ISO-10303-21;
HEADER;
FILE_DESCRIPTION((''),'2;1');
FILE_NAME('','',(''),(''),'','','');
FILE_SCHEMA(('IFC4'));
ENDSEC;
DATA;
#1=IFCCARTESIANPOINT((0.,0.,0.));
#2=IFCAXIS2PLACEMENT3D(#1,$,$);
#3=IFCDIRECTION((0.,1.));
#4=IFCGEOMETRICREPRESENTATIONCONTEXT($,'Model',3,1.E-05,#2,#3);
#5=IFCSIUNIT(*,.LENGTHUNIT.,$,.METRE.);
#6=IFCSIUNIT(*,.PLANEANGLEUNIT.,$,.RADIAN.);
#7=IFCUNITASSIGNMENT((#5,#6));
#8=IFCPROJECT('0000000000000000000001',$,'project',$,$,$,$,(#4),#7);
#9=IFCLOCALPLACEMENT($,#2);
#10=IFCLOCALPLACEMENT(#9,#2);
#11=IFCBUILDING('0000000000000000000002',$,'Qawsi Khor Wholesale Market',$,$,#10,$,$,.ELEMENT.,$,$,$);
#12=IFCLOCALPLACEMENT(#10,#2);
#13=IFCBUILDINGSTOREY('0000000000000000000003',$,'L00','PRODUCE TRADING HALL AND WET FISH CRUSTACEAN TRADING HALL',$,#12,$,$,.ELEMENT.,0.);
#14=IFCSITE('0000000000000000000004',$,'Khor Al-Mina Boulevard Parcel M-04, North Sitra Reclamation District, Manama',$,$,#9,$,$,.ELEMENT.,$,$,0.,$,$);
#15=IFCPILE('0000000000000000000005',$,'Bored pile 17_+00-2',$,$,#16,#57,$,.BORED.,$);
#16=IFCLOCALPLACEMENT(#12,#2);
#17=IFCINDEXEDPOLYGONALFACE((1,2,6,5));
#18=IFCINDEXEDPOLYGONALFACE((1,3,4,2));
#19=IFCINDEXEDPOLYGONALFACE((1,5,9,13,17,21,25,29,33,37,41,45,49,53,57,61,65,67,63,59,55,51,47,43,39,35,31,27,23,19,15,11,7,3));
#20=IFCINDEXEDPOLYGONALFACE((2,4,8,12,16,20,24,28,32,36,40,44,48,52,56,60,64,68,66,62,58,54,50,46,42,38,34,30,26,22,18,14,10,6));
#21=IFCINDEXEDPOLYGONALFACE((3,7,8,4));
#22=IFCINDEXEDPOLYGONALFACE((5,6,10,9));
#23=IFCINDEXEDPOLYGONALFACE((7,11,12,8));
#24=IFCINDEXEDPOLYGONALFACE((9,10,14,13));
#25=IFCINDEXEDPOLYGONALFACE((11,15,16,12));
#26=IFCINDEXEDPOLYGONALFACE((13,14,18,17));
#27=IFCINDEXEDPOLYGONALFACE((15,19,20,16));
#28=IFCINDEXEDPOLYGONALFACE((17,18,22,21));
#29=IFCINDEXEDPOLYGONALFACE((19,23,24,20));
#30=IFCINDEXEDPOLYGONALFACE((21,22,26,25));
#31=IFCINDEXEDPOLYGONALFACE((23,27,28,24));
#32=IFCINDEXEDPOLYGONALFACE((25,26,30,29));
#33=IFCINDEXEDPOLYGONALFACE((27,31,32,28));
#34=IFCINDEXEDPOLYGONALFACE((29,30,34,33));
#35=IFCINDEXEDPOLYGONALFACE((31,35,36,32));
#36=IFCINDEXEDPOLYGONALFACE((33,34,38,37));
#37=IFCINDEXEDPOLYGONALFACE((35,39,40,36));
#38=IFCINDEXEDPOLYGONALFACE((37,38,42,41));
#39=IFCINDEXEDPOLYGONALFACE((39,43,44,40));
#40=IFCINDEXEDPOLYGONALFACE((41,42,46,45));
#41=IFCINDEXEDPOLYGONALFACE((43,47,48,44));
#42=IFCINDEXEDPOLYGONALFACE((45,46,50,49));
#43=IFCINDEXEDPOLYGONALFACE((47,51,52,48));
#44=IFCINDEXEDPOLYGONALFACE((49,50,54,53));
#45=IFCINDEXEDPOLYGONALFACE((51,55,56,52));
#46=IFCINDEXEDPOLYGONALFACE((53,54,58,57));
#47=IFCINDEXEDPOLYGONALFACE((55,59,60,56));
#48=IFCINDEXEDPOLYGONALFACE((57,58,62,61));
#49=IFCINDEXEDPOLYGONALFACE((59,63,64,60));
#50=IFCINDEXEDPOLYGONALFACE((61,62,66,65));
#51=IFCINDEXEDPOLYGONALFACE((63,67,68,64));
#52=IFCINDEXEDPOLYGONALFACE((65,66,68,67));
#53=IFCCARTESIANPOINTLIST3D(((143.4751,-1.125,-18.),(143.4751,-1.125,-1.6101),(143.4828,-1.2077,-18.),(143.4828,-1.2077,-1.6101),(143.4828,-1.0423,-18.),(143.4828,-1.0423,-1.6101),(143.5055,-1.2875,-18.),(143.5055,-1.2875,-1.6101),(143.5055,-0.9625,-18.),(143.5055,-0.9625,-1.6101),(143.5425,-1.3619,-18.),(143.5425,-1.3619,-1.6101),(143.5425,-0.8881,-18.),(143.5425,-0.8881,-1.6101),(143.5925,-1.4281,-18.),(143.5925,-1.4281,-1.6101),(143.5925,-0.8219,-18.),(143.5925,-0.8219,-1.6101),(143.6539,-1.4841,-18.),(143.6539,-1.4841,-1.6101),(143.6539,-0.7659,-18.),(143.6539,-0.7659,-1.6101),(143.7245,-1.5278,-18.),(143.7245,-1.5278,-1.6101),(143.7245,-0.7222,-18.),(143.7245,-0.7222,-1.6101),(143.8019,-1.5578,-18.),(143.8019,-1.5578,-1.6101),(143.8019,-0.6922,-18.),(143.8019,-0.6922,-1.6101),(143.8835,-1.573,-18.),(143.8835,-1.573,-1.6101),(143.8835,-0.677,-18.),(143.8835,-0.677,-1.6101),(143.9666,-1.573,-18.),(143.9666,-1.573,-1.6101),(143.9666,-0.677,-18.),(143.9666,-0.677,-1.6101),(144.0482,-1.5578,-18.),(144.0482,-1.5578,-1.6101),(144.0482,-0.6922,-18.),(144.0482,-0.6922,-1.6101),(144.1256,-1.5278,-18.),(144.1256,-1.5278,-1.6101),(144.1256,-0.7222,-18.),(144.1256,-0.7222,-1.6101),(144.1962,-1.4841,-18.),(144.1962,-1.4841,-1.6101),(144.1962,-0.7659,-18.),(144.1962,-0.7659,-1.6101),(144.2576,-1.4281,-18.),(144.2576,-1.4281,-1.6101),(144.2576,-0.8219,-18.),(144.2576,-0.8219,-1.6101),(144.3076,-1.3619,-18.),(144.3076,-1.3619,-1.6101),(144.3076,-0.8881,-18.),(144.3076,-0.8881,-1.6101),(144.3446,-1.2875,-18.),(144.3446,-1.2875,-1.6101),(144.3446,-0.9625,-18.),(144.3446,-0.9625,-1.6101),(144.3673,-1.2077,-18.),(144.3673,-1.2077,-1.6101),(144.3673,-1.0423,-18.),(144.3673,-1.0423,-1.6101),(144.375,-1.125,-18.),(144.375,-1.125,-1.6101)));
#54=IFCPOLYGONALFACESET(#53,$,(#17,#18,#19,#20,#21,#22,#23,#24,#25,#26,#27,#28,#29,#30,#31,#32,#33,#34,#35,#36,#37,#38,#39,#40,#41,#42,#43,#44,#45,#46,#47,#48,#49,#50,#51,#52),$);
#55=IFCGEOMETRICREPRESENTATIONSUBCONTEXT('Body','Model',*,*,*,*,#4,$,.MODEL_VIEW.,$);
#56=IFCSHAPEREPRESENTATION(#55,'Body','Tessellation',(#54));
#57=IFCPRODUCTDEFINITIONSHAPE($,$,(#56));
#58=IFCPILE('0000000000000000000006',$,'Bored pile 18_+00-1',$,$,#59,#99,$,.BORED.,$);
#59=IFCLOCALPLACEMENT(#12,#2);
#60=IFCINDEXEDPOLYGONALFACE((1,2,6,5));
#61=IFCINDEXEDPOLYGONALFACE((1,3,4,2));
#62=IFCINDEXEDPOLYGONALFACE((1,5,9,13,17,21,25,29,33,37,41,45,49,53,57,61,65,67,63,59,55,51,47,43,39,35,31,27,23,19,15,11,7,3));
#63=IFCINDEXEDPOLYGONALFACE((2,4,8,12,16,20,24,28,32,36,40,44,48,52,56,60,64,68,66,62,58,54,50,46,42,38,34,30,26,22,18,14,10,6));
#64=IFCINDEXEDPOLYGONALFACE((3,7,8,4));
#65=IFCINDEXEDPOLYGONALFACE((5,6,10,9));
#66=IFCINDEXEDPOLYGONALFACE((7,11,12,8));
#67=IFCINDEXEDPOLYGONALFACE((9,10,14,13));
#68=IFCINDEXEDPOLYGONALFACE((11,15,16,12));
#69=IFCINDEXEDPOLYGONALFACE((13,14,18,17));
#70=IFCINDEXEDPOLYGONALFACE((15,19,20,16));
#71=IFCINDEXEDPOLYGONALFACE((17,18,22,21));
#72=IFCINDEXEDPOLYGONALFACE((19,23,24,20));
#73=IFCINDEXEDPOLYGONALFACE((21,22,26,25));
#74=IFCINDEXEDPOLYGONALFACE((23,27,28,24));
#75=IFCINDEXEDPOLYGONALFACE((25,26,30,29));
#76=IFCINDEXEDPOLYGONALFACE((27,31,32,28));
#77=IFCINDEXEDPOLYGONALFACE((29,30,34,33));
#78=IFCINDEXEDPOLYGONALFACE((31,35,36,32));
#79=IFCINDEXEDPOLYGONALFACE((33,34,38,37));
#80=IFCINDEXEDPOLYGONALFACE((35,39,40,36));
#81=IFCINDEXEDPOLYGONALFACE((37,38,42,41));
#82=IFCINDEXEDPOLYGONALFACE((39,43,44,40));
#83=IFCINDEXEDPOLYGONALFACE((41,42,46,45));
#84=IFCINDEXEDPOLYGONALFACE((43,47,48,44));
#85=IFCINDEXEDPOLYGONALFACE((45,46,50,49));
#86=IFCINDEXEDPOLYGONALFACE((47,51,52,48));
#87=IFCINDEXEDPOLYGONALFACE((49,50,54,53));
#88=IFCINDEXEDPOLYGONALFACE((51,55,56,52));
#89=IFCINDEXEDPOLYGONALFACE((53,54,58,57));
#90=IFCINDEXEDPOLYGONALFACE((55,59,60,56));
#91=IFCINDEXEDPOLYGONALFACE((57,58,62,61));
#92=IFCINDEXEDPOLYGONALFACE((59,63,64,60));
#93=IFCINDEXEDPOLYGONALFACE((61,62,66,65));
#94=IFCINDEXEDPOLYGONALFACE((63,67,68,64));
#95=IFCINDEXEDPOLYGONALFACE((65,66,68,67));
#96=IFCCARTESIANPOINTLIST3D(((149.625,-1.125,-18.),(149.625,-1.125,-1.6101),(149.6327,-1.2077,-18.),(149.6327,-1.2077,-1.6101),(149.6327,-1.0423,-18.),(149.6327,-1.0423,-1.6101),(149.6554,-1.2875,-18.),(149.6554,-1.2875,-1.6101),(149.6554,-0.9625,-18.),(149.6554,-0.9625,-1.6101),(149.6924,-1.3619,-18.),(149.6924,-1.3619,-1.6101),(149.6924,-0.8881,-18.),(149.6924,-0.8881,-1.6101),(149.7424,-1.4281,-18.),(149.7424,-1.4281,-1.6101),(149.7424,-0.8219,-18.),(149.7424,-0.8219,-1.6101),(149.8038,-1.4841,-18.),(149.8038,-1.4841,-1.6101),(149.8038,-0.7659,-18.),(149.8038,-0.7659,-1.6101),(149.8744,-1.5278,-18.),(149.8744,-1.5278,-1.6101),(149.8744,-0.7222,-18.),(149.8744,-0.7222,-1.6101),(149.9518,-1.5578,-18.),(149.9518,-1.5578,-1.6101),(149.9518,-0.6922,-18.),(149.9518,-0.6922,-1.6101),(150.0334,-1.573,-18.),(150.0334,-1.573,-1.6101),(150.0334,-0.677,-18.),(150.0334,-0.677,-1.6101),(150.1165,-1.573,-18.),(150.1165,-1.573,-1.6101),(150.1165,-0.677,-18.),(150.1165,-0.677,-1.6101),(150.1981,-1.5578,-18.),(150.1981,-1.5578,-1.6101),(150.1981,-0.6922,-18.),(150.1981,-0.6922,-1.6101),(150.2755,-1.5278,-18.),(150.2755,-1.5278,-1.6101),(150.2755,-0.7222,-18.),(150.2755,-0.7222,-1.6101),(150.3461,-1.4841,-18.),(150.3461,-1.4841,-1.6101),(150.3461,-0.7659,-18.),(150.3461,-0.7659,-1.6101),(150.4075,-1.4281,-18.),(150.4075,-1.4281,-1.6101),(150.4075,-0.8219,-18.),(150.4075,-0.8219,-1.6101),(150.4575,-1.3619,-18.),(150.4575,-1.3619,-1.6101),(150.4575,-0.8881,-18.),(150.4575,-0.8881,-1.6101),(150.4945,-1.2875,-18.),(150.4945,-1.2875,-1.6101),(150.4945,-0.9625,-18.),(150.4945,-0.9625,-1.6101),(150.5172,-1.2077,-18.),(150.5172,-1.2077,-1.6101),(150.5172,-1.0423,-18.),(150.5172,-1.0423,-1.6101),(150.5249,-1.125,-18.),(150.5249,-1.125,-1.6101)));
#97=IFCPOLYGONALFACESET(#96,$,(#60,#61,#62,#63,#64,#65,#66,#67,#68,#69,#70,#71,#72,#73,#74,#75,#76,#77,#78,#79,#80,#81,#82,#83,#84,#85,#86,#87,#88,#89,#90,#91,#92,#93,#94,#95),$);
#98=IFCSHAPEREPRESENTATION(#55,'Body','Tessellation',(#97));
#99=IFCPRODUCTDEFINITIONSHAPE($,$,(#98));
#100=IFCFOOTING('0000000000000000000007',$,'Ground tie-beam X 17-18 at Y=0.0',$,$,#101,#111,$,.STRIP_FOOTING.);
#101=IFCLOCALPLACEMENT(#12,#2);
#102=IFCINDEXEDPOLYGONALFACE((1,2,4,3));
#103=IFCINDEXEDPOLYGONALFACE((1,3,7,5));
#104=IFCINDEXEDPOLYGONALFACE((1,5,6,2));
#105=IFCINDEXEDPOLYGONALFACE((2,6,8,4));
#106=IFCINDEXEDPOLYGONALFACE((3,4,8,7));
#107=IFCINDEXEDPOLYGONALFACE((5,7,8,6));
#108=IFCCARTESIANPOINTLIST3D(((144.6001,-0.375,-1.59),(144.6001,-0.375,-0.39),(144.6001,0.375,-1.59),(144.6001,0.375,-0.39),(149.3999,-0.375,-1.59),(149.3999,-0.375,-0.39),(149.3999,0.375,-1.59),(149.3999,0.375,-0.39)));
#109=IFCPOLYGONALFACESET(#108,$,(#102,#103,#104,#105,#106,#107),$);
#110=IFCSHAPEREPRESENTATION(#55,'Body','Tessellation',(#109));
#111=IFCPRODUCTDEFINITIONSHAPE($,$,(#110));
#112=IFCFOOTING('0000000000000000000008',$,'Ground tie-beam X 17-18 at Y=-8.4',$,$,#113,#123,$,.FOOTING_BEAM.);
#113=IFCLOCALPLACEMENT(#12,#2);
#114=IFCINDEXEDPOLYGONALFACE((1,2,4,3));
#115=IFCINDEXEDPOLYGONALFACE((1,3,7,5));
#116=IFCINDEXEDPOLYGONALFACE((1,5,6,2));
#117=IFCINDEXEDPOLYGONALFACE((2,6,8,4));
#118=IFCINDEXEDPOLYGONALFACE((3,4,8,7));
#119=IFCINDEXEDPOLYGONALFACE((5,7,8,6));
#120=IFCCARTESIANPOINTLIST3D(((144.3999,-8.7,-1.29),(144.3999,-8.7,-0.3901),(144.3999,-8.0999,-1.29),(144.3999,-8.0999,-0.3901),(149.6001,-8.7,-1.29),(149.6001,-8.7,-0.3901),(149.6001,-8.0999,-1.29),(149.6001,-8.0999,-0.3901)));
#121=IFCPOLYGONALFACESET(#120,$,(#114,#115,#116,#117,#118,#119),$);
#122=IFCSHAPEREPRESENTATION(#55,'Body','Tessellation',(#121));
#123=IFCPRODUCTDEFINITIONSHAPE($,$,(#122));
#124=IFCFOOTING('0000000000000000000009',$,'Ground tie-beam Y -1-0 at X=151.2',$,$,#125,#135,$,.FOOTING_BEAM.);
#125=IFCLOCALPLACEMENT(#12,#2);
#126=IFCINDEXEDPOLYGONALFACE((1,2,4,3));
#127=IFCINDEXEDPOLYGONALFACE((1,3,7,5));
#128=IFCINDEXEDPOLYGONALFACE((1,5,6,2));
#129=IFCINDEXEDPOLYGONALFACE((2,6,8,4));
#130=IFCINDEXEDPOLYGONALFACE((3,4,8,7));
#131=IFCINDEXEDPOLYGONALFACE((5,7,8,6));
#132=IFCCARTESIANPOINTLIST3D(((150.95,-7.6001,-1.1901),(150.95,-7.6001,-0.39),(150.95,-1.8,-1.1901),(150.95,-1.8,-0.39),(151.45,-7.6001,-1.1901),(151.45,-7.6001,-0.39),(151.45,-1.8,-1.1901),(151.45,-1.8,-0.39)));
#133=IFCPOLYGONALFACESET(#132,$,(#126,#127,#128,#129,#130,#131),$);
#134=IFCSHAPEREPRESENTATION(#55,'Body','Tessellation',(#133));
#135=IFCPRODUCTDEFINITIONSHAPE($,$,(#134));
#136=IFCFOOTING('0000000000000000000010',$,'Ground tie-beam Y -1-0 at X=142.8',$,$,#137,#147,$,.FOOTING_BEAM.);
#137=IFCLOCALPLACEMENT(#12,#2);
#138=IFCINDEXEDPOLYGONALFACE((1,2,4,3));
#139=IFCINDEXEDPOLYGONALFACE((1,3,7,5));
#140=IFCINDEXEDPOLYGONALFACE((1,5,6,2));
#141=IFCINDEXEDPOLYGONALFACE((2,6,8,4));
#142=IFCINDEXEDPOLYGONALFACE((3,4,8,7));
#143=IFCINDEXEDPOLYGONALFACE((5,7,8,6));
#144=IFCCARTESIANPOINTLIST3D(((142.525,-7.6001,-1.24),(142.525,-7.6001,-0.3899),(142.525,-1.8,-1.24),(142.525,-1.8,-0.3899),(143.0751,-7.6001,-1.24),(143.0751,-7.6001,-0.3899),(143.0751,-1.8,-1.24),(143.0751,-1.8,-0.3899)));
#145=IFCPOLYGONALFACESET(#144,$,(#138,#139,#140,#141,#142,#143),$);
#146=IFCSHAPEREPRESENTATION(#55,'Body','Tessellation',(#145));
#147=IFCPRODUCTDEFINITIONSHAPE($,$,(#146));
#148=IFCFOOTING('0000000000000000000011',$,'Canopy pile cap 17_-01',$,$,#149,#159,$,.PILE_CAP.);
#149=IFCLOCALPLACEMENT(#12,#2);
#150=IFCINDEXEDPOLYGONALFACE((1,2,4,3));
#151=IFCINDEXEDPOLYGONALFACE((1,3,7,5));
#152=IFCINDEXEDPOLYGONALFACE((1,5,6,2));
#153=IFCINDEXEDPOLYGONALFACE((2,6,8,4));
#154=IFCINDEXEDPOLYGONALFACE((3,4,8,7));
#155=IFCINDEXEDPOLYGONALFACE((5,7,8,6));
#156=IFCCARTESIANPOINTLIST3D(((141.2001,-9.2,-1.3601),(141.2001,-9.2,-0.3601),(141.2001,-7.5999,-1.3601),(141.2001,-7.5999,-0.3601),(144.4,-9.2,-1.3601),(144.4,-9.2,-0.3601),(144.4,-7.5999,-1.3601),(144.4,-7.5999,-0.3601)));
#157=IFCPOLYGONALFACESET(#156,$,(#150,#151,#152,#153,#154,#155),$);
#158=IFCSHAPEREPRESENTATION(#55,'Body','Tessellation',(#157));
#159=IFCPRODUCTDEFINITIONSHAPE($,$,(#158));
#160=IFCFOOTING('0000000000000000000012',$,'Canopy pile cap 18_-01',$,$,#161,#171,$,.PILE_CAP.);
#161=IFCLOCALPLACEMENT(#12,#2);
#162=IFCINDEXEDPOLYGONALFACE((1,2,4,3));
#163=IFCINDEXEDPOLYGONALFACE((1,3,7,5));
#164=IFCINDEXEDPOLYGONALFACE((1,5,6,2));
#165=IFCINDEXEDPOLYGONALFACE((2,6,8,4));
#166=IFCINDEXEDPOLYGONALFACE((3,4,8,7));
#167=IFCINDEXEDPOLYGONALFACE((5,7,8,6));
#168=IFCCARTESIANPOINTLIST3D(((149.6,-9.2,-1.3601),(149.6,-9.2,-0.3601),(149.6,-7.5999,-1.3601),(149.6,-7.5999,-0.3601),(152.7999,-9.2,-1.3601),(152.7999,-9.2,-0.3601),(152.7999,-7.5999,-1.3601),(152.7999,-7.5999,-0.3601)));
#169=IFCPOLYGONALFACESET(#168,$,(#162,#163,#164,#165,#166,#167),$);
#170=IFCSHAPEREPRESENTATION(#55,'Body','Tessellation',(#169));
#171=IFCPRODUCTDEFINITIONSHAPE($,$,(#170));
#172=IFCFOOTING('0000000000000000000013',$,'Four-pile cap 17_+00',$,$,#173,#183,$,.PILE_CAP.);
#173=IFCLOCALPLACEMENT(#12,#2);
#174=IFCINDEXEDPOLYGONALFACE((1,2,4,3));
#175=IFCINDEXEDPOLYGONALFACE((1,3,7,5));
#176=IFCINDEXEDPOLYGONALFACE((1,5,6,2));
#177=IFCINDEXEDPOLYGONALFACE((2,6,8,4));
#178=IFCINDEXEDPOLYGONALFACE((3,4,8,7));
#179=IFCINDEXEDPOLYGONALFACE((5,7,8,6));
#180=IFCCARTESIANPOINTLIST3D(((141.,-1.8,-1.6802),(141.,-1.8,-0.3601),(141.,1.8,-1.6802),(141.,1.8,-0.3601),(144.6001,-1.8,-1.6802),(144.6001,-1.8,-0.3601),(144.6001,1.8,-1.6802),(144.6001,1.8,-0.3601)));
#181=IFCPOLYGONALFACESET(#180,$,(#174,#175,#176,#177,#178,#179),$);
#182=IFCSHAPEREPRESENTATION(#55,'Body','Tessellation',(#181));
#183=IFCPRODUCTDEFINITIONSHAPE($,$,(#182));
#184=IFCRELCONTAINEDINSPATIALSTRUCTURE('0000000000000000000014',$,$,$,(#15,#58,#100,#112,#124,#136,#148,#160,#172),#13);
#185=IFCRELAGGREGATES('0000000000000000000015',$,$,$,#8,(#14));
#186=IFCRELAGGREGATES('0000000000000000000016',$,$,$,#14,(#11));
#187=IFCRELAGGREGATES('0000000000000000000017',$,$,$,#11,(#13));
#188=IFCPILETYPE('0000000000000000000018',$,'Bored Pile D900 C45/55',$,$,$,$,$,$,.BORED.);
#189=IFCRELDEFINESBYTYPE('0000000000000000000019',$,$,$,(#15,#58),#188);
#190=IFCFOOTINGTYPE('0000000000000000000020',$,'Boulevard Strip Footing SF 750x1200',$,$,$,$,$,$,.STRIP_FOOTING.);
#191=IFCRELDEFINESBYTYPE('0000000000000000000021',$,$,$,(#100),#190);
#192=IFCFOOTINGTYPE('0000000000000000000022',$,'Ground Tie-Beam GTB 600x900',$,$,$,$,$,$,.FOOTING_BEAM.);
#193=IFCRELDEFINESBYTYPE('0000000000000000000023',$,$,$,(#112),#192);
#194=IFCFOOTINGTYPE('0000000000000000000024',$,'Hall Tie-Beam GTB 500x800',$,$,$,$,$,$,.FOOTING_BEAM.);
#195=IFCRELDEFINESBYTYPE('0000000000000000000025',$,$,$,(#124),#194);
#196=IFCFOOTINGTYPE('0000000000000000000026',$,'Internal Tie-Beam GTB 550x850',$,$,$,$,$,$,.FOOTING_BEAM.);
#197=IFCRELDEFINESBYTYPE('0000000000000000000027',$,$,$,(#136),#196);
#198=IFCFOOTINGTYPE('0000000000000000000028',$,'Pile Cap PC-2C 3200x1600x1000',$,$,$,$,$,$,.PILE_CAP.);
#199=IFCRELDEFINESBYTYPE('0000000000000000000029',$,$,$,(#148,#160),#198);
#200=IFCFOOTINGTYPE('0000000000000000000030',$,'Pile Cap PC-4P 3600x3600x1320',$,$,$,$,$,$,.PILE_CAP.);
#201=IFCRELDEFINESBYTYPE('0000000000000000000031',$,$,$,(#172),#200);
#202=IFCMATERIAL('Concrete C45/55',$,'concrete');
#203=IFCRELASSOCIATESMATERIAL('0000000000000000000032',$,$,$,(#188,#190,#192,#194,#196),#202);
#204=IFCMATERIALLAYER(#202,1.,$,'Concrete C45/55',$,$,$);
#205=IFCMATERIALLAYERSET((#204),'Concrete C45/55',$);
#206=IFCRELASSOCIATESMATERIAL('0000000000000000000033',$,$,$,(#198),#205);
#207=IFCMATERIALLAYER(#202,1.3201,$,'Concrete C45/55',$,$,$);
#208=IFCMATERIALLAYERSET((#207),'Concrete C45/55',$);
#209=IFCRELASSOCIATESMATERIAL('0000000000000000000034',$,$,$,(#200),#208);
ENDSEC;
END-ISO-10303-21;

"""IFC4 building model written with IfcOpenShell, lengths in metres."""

from ifc_helpers import new_model, si_unit, direction, frame, origin, origin_2d, place, context, subcontext, project, spatial, rectangle, circle, extrude, material, layer, layer_set, material_profile, profile_set, type_object, element, save


model = new_model("IFC4")

# Units and contexts
model_context = context("Model", 3, precision=1e-05, world=origin(), true_north=direction((0.0, 1.0)))
body_context = subcontext(model_context, "Body", "Model", "MODEL_VIEW")
ifc_project = project(units=[si_unit("LENGTHUNIT", "METRE"), si_unit("PLANEANGLEUNIT", "RADIAN")], contexts=[model_context])

# Site, building, storey
site_placement = place(None, origin())
site = spatial("IfcSite", under=ifc_project, at=site_placement, Name="Khor Al-Mina Boulevard Parcel M-04, North Sitra Reclamation District, Manama", CompositionType="ELEMENT", RefElevation=0.0)
building_placement = place(site_placement, origin())
building = spatial("IfcBuilding", under=site, at=building_placement, Name="Qawsi Khor Wholesale Market", CompositionType="ELEMENT")
storey_placement = place(building_placement, origin())
storey = spatial("IfcBuildingStorey", under=building, at=storey_placement, Name="L00", Description="PRODUCE TRADING HALL AND WET FISH CRUSTACEAN TRADING HALL", CompositionType="ELEMENT", Elevation=0.0)

# Piles
ifc_material_1 = material(Name="Concrete C45/55", Category="concrete")
ifc_material_profile_1 = material_profile(ifc_material_1, circle(Radius=0.45, at=origin_2d()), Name="PILE D900")
ifc_profile_set_1 = profile_set([ifc_material_profile_1], Name="Concrete C45/55")
pile_type_1 = type_object("IfcPileType", Name="Bored Pile D900 C45/55", PredefinedType="BORED", material=ifc_profile_set_1)
for number, where, z_axis, x_axis, name in (
    (1, (143.925, -1.125, -1.6101), (0.0, 0.0, -1.0), (1.0, 0.0, 0.0), "Bored pile 17_+00-2"),
    (2, (150.075, -1.125, -1.6101), (0.0, 0.0, -1.0), (1.0, 0.0, 0.0), "Bored pile 18_+00-1"),
):
    element("IfcPile", number, at=place(storey_placement, frame(where, z_axis=z_axis, x_axis=x_axis)), inside=storey, type_object=pile_type_1, Name=name, PredefinedType="BORED", context=body_context, shape_type="SweptSolid", body=[
        extrude(circle(Radius=0.45, at=origin_2d()), origin(), (0.0, 0.0, 1.0), 16.3899),
    ])

# Footings
ifc_material_profile_2 = material_profile(ifc_material_1, rectangle(XDim=0.75, YDim=1.2, at=origin_2d()), Name="RC 750x1200")
ifc_profile_set_2 = profile_set([ifc_material_profile_2], Name="Concrete C45/55")
footing_type_1 = type_object("IfcFootingType", Name="Boulevard Strip Footing SF 750x1200", PredefinedType="STRIP_FOOTING", material=ifc_profile_set_2)
footing_1_placement = place(storey_placement, frame((144.6001, 0.0, -0.99), z_axis=(1.0, 0.0, 0.0), x_axis=(0.0, 1.0, 0.0)))
element("IfcFooting", 3, at=footing_1_placement, inside=storey, type_object=footing_type_1, Name="Ground tie-beam X 17-18 at Y=0.0", PredefinedType="STRIP_FOOTING", context=body_context, shape_type="SweptSolid", body=[
    extrude(rectangle(XDim=0.75, YDim=1.2, at=origin_2d()), origin(), (0.0, 0.0, 1.0), 4.7998),
])
ifc_material_profile_3 = material_profile(ifc_material_1, rectangle(XDim=0.6001, YDim=0.8999, at=origin_2d()), Name="RC 600x900")
ifc_profile_set_3 = profile_set([ifc_material_profile_3], Name="Concrete C45/55")
footing_type_2 = type_object("IfcFootingType", Name="Ground Tie-Beam GTB 600x900", PredefinedType="FOOTING_BEAM", material=ifc_profile_set_3)
footing_2_placement = place(storey_placement, frame((144.3999, -8.3999, -0.8401), z_axis=(1.0, 0.0, 0.0), x_axis=(0.0, 1.0, 0.0)))
element("IfcFooting", 4, at=footing_2_placement, inside=storey, type_object=footing_type_2, Name="Ground tie-beam X 17-18 at Y=-8.4", PredefinedType="FOOTING_BEAM", context=body_context, shape_type="SweptSolid", body=[
    extrude(rectangle(XDim=0.6001, YDim=0.8999, at=origin_2d()), origin(), (0.0, 0.0, 1.0), 5.2002),
])
ifc_material_profile_4 = material_profile(ifc_material_1, rectangle(XDim=0.5, YDim=0.8, at=origin_2d()), Name="RC 500x800")
ifc_profile_set_4 = profile_set([ifc_material_profile_4], Name="Concrete C45/55")
footing_type_3 = type_object("IfcFootingType", Name="Hall Tie-Beam GTB 500x800", PredefinedType="FOOTING_BEAM", material=ifc_profile_set_4)
footing_3_placement = place(storey_placement, frame((151.2, -7.6001, -0.79), z_axis=(0.0, 1.0, 0.0), x_axis=(-1.0, 0.0, 0.0)))
element("IfcFooting", 5, at=footing_3_placement, inside=storey, type_object=footing_type_3, Name="Ground tie-beam Y -1-0 at X=151.2", PredefinedType="FOOTING_BEAM", context=body_context, shape_type="SweptSolid", body=[
    extrude(rectangle(XDim=0.5, YDim=0.8, at=origin_2d()), origin(), (0.0, 0.0, 1.0), 5.8),
])
ifc_material_profile_5 = material_profile(ifc_material_1, rectangle(XDim=0.55, YDim=0.8501, at=origin_2d()), Name="RC 550x850")
ifc_profile_set_5 = profile_set([ifc_material_profile_5], Name="Concrete C45/55")
footing_type_4 = type_object("IfcFootingType", Name="Internal Tie-Beam GTB 550x850", PredefinedType="FOOTING_BEAM", material=ifc_profile_set_5)
footing_4_placement = place(storey_placement, frame((142.8, -7.6001, -0.8149), z_axis=(0.0, 1.0, 0.0), x_axis=(-1.0, 0.0, 0.0)))
element("IfcFooting", 6, at=footing_4_placement, inside=storey, type_object=footing_type_4, Name="Ground tie-beam Y -1-0 at X=142.8", PredefinedType="FOOTING_BEAM", context=body_context, shape_type="SweptSolid", body=[
    extrude(rectangle(XDim=0.55, YDim=0.8501, at=origin_2d()), origin(), (0.0, 0.0, 1.0), 5.8),
])
ifc_layer_1 = layer(ifc_material_1, 1.0, Name="Concrete C45/55")
ifc_layer_set_1 = layer_set([ifc_layer_1], Name="Concrete C45/55")
footing_type_5 = type_object("IfcFootingType", Name="Pile Cap PC-2C 3200x1600x1000", PredefinedType="PILE_CAP", material=ifc_layer_set_1)
for number, where, z_axis, x_axis, name in (
    (7, (142.8, -8.3999, -1.3601), (0.0, 0.0, 1.0), (1.0, 0.0, 0.0), "Canopy pile cap 17_-01"),
    (8, (151.2, -8.3999, -1.3601), (0.0, 0.0, 1.0), (1.0, 0.0, 0.0), "Canopy pile cap 18_-01"),
):
    element("IfcFooting", number, at=place(storey_placement, frame(where, z_axis=z_axis, x_axis=x_axis)), inside=storey, type_object=footing_type_5, Name=name, PredefinedType="PILE_CAP", context=body_context, shape_type="SweptSolid", body=[
        extrude(rectangle(XDim=3.2, YDim=1.6001, at=origin_2d()), origin(), (0.0, 0.0, 1.0), 1.0),
    ])
ifc_layer_2 = layer(ifc_material_1, 1.3201, Name="Concrete C45/55")
ifc_layer_set_2 = layer_set([ifc_layer_2], Name="Concrete C45/55")
footing_type_6 = type_object("IfcFootingType", Name="Pile Cap PC-4P 3600x3600x1320", PredefinedType="PILE_CAP", material=ifc_layer_set_2)
for number, where, z_axis, x_axis, name in (
    (9, (142.8, 0.0, -1.6802), (0.0, 0.0, 1.0), (1.0, 0.0, 0.0), "Four-pile cap 17_+00"),
):
    element("IfcFooting", number, at=place(storey_placement, frame(where, z_axis=z_axis, x_axis=x_axis)), inside=storey, type_object=footing_type_6, Name=name, PredefinedType="PILE_CAP", context=body_context, shape_type="SweptSolid", body=[
        extrude(rectangle(XDim=3.6001, YDim=3.6001, at=origin_2d()), origin(), (0.0, 0.0, 1.0), 1.3201),
    ])

save(model, "model.ifc")
